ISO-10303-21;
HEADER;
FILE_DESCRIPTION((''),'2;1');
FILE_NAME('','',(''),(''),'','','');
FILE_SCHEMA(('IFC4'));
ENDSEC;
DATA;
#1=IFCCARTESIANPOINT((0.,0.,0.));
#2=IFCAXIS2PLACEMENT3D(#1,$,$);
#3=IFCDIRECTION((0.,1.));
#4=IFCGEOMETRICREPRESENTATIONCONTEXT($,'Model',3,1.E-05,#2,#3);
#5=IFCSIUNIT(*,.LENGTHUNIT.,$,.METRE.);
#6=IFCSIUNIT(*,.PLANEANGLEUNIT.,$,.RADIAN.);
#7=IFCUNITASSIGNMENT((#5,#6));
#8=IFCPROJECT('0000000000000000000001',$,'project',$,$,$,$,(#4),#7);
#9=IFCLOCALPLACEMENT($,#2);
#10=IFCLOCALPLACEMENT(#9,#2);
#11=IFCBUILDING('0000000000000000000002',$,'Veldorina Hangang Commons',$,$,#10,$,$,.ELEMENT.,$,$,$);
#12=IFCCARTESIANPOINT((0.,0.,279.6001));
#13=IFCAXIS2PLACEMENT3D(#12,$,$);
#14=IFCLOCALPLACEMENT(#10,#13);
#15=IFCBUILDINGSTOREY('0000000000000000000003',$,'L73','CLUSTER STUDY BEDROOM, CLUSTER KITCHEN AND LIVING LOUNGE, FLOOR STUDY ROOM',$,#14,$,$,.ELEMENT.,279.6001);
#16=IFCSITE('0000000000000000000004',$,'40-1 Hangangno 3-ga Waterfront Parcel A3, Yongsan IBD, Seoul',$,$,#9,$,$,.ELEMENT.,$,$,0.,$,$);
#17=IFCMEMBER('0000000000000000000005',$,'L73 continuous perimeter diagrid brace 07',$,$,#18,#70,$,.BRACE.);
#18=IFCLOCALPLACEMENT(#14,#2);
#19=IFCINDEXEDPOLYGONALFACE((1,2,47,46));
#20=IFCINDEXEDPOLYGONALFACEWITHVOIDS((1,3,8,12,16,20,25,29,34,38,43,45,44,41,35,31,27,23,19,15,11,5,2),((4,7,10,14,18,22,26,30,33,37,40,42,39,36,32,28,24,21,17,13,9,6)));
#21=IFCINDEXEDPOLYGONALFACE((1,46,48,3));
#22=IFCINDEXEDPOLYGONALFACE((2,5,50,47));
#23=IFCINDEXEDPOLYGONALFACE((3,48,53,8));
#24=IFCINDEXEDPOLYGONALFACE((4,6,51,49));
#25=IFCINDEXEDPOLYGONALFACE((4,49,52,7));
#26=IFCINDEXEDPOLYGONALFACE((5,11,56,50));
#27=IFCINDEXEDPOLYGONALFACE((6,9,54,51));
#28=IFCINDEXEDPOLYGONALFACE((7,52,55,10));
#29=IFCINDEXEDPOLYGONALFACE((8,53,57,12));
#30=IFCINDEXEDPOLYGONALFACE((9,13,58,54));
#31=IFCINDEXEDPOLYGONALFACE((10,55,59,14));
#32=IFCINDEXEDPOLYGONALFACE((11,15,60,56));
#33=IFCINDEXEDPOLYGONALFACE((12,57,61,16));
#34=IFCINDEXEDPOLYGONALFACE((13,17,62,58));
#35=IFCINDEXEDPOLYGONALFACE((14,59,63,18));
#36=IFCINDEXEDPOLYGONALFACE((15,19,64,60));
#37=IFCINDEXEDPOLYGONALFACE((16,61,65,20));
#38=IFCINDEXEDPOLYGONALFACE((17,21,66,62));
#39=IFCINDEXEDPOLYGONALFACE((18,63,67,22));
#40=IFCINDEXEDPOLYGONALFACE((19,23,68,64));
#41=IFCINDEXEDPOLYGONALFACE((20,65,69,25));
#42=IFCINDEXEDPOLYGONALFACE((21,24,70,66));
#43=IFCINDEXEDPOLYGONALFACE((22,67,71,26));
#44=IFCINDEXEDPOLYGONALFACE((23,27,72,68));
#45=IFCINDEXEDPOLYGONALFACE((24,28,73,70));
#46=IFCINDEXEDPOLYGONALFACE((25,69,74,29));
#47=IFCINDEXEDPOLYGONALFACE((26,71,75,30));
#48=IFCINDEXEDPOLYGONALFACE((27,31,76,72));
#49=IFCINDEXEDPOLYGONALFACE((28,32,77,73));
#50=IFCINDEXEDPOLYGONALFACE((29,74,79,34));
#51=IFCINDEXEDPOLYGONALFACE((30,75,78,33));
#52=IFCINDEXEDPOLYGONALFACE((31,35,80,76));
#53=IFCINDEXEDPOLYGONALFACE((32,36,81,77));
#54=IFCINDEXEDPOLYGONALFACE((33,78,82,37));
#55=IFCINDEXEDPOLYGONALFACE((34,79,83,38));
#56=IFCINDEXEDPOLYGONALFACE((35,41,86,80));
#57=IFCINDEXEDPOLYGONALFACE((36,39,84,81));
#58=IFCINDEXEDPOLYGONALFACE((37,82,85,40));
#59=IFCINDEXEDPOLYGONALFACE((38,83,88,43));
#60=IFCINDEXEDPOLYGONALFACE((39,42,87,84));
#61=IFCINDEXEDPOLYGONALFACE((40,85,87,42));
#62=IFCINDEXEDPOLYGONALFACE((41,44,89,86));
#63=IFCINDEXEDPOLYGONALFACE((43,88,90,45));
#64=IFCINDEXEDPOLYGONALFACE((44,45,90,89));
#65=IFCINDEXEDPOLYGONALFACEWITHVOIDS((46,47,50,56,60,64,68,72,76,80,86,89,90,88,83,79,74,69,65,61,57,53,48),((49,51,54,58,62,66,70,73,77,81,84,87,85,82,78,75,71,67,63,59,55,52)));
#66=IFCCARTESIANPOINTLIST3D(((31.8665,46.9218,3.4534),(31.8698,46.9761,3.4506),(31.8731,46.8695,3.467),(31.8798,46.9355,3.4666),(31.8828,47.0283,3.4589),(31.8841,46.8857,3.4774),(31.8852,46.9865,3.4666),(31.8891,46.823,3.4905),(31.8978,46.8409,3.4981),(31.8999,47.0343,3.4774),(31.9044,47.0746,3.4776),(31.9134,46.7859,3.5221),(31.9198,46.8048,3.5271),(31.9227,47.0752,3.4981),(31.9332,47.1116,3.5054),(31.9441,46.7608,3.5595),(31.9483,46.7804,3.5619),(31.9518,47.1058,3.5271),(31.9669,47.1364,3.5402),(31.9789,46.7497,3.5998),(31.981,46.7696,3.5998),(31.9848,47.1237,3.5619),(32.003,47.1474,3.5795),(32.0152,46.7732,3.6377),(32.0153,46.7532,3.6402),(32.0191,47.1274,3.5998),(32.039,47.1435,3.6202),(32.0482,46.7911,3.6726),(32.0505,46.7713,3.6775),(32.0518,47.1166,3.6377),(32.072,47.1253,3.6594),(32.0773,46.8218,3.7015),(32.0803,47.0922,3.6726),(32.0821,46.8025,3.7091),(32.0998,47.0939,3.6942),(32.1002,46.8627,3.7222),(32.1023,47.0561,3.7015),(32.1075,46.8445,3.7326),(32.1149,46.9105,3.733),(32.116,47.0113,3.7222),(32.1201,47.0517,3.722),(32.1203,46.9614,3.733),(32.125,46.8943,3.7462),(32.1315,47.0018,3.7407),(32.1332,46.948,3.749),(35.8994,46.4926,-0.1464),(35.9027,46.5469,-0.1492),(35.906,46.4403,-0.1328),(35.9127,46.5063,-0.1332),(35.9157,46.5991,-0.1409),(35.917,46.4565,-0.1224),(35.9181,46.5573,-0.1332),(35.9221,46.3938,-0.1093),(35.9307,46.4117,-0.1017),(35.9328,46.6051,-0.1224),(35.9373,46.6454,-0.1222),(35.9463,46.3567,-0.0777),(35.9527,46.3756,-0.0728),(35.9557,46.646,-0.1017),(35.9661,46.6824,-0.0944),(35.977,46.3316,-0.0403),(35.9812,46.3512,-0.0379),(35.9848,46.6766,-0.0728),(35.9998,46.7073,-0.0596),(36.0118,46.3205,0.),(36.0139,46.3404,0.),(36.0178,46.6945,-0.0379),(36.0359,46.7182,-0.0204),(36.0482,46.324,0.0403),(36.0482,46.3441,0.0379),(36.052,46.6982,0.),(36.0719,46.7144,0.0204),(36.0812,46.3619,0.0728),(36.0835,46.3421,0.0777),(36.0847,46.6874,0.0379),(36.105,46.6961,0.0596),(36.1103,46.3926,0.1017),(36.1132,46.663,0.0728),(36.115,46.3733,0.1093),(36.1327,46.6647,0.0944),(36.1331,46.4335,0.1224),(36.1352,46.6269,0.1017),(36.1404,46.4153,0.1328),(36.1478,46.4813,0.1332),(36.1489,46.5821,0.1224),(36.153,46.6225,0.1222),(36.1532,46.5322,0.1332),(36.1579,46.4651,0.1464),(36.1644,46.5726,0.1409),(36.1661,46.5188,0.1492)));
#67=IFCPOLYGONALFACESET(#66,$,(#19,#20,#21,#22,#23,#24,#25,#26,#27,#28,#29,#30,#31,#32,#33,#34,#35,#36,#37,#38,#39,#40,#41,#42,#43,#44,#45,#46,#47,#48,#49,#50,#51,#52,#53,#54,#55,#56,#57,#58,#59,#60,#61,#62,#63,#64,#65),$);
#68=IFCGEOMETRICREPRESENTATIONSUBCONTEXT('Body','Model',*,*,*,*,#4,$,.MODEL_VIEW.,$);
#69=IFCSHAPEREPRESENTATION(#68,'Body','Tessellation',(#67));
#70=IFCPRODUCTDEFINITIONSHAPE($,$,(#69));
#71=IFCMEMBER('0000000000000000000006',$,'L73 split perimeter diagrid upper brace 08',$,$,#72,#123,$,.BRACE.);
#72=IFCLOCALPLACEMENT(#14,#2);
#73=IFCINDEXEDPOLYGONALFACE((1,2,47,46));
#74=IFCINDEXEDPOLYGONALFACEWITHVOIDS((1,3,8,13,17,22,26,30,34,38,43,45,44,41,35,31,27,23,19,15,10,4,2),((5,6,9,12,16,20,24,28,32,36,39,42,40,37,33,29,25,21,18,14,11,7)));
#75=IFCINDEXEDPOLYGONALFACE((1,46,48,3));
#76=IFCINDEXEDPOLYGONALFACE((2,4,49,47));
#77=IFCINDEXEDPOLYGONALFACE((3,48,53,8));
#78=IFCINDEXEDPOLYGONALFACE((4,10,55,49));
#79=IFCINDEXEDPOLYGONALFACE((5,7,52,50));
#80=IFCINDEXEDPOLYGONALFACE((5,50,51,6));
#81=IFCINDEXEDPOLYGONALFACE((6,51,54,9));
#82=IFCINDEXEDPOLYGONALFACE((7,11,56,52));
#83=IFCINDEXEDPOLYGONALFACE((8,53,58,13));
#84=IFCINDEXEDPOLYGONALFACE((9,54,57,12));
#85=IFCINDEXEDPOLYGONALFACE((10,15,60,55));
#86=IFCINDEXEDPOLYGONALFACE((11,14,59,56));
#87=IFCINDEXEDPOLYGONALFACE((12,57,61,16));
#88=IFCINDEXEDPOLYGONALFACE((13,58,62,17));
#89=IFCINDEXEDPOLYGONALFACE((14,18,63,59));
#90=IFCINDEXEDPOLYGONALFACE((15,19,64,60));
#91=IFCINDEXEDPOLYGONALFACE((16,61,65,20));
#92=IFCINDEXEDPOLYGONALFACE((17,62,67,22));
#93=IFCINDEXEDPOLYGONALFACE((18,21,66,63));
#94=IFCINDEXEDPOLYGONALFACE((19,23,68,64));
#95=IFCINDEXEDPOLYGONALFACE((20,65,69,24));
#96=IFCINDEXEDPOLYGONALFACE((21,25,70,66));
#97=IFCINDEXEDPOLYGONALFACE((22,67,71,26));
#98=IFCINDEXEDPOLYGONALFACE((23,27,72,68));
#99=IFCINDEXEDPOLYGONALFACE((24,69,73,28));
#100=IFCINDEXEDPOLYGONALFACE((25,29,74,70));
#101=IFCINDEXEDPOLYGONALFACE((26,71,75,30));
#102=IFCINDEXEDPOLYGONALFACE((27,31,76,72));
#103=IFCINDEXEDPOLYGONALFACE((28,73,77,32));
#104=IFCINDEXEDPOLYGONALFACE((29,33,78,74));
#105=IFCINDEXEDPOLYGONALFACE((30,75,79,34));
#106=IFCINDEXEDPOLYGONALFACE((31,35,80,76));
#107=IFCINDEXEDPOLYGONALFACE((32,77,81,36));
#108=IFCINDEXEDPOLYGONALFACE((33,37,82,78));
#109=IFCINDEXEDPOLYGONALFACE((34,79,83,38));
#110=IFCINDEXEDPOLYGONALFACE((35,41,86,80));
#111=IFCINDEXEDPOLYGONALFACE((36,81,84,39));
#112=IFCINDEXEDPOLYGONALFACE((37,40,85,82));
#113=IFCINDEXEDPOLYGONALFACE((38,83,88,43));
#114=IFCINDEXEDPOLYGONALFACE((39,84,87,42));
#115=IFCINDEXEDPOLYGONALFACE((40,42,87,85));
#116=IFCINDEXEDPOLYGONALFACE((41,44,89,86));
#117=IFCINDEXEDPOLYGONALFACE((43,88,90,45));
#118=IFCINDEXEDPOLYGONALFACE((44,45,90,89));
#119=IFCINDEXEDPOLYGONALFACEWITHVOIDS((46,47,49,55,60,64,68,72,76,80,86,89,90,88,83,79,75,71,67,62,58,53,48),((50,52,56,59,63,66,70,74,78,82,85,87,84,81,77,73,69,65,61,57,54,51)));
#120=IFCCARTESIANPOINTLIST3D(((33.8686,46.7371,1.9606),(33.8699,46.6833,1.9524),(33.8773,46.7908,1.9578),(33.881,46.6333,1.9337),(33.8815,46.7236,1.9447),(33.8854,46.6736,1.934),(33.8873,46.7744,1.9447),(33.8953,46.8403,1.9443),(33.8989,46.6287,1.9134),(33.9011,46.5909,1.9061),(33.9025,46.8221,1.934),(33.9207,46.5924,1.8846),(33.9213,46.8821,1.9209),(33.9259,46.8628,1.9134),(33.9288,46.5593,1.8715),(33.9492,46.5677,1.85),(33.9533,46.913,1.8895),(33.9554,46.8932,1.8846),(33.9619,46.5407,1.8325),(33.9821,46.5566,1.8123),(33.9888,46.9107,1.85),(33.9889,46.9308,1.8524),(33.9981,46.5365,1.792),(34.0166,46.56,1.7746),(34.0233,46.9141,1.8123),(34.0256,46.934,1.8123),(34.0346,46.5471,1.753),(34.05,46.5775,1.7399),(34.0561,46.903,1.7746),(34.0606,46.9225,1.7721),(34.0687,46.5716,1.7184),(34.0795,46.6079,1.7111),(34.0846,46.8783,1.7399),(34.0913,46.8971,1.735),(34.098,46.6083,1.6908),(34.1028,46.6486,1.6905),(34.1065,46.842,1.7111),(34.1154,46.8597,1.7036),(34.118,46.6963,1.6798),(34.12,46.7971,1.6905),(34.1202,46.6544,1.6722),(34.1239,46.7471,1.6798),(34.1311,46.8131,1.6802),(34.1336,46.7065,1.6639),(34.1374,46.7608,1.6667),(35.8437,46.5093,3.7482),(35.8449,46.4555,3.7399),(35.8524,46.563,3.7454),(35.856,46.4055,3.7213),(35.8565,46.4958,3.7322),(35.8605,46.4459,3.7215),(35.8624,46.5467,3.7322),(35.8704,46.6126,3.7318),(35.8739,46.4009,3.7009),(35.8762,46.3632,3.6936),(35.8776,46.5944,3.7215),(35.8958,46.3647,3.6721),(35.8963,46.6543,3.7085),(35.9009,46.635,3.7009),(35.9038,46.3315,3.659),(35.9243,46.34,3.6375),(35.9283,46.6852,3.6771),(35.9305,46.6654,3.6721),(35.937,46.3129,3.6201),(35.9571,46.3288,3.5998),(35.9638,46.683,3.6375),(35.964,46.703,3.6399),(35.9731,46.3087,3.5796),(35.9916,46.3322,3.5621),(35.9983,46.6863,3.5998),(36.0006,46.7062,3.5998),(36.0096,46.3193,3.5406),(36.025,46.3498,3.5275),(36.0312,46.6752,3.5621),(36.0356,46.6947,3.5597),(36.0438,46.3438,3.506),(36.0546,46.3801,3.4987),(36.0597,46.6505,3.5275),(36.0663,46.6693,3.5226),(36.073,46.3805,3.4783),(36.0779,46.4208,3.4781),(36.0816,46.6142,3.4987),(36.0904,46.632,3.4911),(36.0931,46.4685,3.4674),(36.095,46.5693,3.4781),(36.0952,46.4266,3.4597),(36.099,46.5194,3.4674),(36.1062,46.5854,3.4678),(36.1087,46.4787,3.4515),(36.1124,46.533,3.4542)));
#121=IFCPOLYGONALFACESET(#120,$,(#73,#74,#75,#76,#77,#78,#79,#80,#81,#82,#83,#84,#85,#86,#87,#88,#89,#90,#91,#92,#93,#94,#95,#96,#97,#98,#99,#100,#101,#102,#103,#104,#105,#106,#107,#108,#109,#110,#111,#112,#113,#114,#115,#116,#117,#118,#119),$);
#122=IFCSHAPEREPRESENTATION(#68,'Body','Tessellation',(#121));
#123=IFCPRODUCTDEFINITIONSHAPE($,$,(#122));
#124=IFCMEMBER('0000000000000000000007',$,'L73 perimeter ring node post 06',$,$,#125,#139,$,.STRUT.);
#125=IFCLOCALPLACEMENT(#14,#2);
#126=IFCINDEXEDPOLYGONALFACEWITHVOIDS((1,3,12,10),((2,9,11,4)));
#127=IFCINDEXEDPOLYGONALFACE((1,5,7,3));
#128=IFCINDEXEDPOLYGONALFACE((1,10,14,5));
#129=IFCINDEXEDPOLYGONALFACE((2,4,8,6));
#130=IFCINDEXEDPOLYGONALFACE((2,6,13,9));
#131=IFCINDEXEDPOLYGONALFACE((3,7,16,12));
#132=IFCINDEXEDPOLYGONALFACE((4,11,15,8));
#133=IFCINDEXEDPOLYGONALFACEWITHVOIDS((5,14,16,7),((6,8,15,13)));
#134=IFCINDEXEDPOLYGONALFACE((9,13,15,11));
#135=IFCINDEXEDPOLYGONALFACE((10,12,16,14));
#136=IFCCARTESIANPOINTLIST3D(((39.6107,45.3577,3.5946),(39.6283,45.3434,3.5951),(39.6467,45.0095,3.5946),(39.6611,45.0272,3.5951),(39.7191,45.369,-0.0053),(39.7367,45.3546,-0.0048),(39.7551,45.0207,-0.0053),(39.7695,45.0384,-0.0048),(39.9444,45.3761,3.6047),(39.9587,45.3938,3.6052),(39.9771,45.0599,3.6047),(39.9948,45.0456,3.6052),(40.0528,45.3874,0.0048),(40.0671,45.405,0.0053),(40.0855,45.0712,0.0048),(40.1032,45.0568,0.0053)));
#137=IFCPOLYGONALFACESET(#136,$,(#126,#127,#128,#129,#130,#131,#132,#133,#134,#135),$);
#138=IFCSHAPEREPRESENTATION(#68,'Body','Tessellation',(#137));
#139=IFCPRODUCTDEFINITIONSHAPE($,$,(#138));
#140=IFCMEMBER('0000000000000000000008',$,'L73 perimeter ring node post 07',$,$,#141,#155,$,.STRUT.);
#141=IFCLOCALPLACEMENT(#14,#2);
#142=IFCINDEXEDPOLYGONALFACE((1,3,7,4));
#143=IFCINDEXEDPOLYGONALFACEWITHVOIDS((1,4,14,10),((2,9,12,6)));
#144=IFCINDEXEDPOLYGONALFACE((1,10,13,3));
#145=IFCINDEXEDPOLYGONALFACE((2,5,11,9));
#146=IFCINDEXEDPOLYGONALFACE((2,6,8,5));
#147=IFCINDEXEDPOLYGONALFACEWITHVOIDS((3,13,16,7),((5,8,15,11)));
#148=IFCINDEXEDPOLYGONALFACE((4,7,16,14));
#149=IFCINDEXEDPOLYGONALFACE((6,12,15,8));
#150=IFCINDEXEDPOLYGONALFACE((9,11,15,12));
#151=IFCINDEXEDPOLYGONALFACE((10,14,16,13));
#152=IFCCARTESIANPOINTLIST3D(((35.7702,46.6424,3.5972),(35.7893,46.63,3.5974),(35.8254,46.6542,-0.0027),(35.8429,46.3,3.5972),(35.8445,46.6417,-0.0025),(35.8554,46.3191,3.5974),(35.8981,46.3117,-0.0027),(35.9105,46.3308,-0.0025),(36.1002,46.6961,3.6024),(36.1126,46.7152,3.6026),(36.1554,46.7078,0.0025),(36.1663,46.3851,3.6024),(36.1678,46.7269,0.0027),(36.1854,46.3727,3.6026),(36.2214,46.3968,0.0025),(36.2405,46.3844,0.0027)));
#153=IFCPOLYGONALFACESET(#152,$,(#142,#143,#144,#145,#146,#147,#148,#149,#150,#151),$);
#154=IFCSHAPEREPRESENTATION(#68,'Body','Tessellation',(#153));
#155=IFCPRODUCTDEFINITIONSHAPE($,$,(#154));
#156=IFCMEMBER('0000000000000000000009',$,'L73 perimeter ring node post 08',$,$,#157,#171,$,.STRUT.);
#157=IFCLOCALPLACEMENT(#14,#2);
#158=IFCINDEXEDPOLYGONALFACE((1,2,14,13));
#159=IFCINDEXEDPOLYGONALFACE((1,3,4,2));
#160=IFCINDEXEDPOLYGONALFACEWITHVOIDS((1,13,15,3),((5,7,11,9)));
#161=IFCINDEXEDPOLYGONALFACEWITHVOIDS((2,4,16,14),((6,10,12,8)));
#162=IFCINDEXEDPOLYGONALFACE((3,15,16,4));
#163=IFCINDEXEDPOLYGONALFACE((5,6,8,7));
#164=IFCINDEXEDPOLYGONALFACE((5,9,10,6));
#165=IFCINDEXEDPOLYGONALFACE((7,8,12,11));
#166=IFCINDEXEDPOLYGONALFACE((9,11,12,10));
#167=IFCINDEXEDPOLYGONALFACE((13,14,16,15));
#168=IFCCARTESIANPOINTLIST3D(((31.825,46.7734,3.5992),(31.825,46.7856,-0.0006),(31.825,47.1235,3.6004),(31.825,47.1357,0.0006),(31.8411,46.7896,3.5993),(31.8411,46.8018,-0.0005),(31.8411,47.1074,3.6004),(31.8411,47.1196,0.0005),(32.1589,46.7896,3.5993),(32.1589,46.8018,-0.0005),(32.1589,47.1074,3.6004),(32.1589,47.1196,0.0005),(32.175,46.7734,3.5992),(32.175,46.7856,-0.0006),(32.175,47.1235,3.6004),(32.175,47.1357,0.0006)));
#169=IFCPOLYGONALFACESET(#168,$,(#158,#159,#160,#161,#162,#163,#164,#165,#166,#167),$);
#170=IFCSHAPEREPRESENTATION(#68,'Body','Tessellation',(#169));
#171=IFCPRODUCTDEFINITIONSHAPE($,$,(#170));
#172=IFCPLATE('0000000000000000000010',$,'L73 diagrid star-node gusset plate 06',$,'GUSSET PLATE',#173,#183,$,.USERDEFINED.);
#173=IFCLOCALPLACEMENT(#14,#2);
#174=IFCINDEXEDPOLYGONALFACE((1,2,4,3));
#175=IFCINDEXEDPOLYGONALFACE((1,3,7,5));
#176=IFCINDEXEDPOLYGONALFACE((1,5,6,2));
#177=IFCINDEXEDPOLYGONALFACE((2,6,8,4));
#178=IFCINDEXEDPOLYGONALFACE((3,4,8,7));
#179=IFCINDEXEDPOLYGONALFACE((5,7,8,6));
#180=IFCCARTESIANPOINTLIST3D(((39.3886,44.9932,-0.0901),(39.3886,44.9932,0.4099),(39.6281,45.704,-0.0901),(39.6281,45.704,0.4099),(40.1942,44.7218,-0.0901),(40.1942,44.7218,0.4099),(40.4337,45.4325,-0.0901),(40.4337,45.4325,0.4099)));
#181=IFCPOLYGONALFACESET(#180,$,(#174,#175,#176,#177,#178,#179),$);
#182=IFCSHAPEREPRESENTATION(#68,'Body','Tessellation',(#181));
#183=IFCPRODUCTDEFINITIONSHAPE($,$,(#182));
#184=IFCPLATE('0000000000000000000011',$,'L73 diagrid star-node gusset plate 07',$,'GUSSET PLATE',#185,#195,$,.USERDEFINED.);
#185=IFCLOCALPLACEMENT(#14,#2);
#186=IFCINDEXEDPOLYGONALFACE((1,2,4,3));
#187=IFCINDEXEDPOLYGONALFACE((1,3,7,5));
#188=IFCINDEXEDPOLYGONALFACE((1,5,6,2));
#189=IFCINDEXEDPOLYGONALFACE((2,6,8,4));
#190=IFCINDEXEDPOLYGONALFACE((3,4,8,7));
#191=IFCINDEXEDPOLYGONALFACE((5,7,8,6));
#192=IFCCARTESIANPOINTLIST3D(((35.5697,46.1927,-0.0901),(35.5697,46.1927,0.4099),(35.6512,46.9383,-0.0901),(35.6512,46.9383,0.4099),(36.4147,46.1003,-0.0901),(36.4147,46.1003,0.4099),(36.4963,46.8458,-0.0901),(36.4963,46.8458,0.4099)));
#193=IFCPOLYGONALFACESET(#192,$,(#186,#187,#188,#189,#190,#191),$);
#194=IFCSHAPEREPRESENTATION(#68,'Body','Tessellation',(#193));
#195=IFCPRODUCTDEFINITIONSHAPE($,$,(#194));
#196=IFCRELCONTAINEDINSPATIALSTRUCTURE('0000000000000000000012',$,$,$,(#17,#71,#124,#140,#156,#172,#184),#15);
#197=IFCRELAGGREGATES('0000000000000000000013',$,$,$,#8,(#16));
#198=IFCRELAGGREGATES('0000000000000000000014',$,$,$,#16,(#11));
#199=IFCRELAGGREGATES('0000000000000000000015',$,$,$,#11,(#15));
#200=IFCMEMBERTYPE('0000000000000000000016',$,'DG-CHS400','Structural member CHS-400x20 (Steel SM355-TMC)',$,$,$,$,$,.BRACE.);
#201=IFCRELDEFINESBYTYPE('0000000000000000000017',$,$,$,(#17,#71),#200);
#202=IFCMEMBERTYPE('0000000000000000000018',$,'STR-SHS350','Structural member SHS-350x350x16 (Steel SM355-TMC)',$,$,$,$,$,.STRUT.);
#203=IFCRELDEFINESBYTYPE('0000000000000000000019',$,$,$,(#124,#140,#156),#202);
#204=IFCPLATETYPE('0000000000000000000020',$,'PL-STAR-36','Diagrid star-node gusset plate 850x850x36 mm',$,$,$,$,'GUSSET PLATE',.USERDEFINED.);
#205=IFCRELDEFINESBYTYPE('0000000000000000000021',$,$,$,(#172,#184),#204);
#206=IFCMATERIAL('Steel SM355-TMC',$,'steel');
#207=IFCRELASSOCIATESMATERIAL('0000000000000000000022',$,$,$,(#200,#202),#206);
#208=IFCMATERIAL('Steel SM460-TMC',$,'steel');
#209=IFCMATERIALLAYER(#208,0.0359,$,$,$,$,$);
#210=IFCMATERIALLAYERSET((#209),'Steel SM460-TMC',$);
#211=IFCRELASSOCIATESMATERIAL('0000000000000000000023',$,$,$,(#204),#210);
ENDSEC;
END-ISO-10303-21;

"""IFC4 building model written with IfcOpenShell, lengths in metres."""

from ifc_helpers import new_model, si_unit, direction, frame, origin, origin_2d, place, context, subcontext, project, spatial, rectangle, hollow_rectangle, hollow_circle, extrude, material, layer, layer_set, material_profile, profile_set, type_object, element, save


model = new_model("IFC4")

# Units and contexts
model_context = context("Model", 3, precision=1e-05, world=origin(), true_north=direction((0.0, 1.0)))
body_context = subcontext(model_context, "Body", "Model", "MODEL_VIEW")
ifc_project = project(units=[si_unit("LENGTHUNIT", "METRE"), si_unit("PLANEANGLEUNIT", "RADIAN")], contexts=[model_context])

# Site, building, storey
site_placement = place(None, origin())
site = spatial("IfcSite", under=ifc_project, at=site_placement, Name="40-1 Hangangno 3-ga Waterfront Parcel A3, Yongsan IBD, Seoul", CompositionType="ELEMENT", RefElevation=0.0)
building_placement = place(site_placement, origin())
building = spatial("IfcBuilding", under=site, at=building_placement, Name="Veldorina Hangang Commons", CompositionType="ELEMENT")
storey_placement = place(building_placement, frame((0.0, 0.0, 279.6001)))
storey = spatial("IfcBuildingStorey", under=building, at=storey_placement, Name="L73", Description="CLUSTER STUDY BEDROOM, CLUSTER KITCHEN AND LIVING LOUNGE, FLOOR STUDY ROOM", CompositionType="ELEMENT", Elevation=279.6001)

# Shared definitions
ifc_material_1 = material(Name="Steel SM355-TMC", Category="steel")

# Members
ifc_material_profile_1 = material_profile(ifc_material_1, hollow_circle(Radius=0.2, WallThickness=0.02, at=origin_2d()), Name="CHS-400x20")
ifc_profile_set_1 = profile_set([ifc_material_profile_1], Name="Steel SM355-TMC")
member_type_1 = type_object("IfcMemberType", Name="DG-CHS400", Description="Structural member CHS-400x20 (Steel SM355-TMC)", PredefinedType="BRACE", material=ifc_profile_set_1)
member_1_placement = place(storey_placement, frame((36.033, 46.5193, 0.0), z_axis=(-0.74369, 0.079146, 0.663824), x_axis=(-0.105825, -0.994385, 0.0)))
element("IfcMember", 1, at=member_1_placement, inside=storey, type_object=member_type_1, Name="L73 continuous perimeter diagrid brace 07", PredefinedType="BRACE", context=body_context, shape_type="SweptSolid", body=[
    extrude(hollow_circle(Radius=0.2, WallThickness=0.02, at=origin_2d()), origin(), (0.0, 0.0, 1.0), 5.4229),
])
member_2_placement = place(storey_placement, frame((34.0027, 46.7354, 1.8123), z_axis=(0.738727, -0.085196, 0.668598), x_axis=(0.114568, 0.993415, 0.0)))
element("IfcMember", 2, at=member_2_placement, inside=storey, type_object=member_type_1, Name="L73 split perimeter diagrid upper brace 08", PredefinedType="BRACE", context=body_context, shape_type="SweptSolid", body=[
    extrude(hollow_circle(Radius=0.2, WallThickness=0.02, at=origin_2d()), origin(), (0.0, 0.0, 1.0), 2.6736),
])
ifc_material_profile_2 = material_profile(ifc_material_1, hollow_rectangle(XDim=0.3501, YDim=0.3501, WallThickness=0.0161, at=origin_2d()), Name="SHS-350x350x16")
ifc_profile_set_2 = profile_set([ifc_material_profile_2], Name="Steel SM355-TMC")
member_type_2 = type_object("IfcMemberType", Name="STR-SHS350", Description="Structural member SHS-350x350x16 (Steel SM355-TMC)", PredefinedType="STRUT", material=ifc_profile_set_2)
member_3_placement = place(storey_placement, frame((39.9111, 45.2129, 0.0), z_axis=(-0.030098, -0.003118, 0.999542), x_axis=(0.103052, -0.994676, 0.0)))
element("IfcMember", 3, at=member_3_placement, inside=storey, type_object=member_type_2, Name="L73 perimeter ring node post 06", PredefinedType="STRUT", context=body_context, shape_type="SweptSolid", body=[
    extrude(hollow_rectangle(XDim=0.3501, YDim=0.3501, WallThickness=0.0161, at=origin_2d()), origin(), (0.0, 0.0, 1.0), 3.6016),
])
member_4_placement = place(storey_placement, frame((36.033, 46.5193, 0.0), z_axis=(-0.015325, -0.003255, 0.999877), x_axis=(0.207755, -0.978181, 0.0)))
element("IfcMember", 4, at=member_4_placement, inside=storey, type_object=member_type_2, Name="L73 perimeter ring node post 07", PredefinedType="STRUT", context=body_context, shape_type="SweptSolid", body=[
    extrude(hollow_rectangle(XDim=0.3501, YDim=0.3501, WallThickness=0.0161, at=origin_2d()), origin(), (0.0, 0.0, 1.0), 3.6003),
])
member_5_placement = place(storey_placement, frame((32.0, 46.9607, 0.0), z_axis=(0.0, -0.003391, 0.999994), x_axis=(1.0, 0.0, 0.0)))
element("IfcMember", 5, at=member_5_placement, inside=storey, type_object=member_type_2, Name="L73 perimeter ring node post 08", PredefinedType="STRUT", context=body_context, shape_type="SweptSolid", body=[
    extrude(hollow_rectangle(XDim=0.3501, YDim=0.3501, WallThickness=0.0161, at=origin_2d()), origin(), (0.0, 0.0, 1.0), 3.5999),
])

# Plates
ifc_material_2 = material(Name="Steel SM460-TMC", Category="steel")
ifc_layer_1 = layer(ifc_material_2, 0.0359)
ifc_layer_set_1 = layer_set([ifc_layer_1], Name="Steel SM460-TMC")
plate_type = type_object("IfcPlateType", Name="PL-STAR-36", Description="Diagrid star-node gusset plate 850x850x36 mm", ElementType="GUSSET PLATE", PredefinedType="USERDEFINED", material=ifc_layer_set_1)
for number, where, z_axis, x_axis, name in (
    (6, (39.9111, 45.2129, -0.0901), (0.0, 0.0, 1.0), (-0.947657, 0.31929, 0.0), "L73 diagrid star-node gusset plate 06"),
    (7, (36.033, 46.5193, -0.0901), (0.0, 0.0, 1.0), (-0.99407, 0.108745, 0.0), "L73 diagrid star-node gusset plate 07"),
):
    element("IfcPlate", number, at=place(storey_placement, frame(where, z_axis=z_axis, x_axis=x_axis)), inside=storey, type_object=plate_type, Name=name, ObjectType="GUSSET PLATE", PredefinedType="USERDEFINED", context=body_context, shape_type="SweptSolid", body=[
        extrude(rectangle(XDim=0.8501, YDim=0.75, at=origin_2d()), origin(), (0.0, 0.0, 1.0), 0.5),
    ])

save(model, "model.ifc")
